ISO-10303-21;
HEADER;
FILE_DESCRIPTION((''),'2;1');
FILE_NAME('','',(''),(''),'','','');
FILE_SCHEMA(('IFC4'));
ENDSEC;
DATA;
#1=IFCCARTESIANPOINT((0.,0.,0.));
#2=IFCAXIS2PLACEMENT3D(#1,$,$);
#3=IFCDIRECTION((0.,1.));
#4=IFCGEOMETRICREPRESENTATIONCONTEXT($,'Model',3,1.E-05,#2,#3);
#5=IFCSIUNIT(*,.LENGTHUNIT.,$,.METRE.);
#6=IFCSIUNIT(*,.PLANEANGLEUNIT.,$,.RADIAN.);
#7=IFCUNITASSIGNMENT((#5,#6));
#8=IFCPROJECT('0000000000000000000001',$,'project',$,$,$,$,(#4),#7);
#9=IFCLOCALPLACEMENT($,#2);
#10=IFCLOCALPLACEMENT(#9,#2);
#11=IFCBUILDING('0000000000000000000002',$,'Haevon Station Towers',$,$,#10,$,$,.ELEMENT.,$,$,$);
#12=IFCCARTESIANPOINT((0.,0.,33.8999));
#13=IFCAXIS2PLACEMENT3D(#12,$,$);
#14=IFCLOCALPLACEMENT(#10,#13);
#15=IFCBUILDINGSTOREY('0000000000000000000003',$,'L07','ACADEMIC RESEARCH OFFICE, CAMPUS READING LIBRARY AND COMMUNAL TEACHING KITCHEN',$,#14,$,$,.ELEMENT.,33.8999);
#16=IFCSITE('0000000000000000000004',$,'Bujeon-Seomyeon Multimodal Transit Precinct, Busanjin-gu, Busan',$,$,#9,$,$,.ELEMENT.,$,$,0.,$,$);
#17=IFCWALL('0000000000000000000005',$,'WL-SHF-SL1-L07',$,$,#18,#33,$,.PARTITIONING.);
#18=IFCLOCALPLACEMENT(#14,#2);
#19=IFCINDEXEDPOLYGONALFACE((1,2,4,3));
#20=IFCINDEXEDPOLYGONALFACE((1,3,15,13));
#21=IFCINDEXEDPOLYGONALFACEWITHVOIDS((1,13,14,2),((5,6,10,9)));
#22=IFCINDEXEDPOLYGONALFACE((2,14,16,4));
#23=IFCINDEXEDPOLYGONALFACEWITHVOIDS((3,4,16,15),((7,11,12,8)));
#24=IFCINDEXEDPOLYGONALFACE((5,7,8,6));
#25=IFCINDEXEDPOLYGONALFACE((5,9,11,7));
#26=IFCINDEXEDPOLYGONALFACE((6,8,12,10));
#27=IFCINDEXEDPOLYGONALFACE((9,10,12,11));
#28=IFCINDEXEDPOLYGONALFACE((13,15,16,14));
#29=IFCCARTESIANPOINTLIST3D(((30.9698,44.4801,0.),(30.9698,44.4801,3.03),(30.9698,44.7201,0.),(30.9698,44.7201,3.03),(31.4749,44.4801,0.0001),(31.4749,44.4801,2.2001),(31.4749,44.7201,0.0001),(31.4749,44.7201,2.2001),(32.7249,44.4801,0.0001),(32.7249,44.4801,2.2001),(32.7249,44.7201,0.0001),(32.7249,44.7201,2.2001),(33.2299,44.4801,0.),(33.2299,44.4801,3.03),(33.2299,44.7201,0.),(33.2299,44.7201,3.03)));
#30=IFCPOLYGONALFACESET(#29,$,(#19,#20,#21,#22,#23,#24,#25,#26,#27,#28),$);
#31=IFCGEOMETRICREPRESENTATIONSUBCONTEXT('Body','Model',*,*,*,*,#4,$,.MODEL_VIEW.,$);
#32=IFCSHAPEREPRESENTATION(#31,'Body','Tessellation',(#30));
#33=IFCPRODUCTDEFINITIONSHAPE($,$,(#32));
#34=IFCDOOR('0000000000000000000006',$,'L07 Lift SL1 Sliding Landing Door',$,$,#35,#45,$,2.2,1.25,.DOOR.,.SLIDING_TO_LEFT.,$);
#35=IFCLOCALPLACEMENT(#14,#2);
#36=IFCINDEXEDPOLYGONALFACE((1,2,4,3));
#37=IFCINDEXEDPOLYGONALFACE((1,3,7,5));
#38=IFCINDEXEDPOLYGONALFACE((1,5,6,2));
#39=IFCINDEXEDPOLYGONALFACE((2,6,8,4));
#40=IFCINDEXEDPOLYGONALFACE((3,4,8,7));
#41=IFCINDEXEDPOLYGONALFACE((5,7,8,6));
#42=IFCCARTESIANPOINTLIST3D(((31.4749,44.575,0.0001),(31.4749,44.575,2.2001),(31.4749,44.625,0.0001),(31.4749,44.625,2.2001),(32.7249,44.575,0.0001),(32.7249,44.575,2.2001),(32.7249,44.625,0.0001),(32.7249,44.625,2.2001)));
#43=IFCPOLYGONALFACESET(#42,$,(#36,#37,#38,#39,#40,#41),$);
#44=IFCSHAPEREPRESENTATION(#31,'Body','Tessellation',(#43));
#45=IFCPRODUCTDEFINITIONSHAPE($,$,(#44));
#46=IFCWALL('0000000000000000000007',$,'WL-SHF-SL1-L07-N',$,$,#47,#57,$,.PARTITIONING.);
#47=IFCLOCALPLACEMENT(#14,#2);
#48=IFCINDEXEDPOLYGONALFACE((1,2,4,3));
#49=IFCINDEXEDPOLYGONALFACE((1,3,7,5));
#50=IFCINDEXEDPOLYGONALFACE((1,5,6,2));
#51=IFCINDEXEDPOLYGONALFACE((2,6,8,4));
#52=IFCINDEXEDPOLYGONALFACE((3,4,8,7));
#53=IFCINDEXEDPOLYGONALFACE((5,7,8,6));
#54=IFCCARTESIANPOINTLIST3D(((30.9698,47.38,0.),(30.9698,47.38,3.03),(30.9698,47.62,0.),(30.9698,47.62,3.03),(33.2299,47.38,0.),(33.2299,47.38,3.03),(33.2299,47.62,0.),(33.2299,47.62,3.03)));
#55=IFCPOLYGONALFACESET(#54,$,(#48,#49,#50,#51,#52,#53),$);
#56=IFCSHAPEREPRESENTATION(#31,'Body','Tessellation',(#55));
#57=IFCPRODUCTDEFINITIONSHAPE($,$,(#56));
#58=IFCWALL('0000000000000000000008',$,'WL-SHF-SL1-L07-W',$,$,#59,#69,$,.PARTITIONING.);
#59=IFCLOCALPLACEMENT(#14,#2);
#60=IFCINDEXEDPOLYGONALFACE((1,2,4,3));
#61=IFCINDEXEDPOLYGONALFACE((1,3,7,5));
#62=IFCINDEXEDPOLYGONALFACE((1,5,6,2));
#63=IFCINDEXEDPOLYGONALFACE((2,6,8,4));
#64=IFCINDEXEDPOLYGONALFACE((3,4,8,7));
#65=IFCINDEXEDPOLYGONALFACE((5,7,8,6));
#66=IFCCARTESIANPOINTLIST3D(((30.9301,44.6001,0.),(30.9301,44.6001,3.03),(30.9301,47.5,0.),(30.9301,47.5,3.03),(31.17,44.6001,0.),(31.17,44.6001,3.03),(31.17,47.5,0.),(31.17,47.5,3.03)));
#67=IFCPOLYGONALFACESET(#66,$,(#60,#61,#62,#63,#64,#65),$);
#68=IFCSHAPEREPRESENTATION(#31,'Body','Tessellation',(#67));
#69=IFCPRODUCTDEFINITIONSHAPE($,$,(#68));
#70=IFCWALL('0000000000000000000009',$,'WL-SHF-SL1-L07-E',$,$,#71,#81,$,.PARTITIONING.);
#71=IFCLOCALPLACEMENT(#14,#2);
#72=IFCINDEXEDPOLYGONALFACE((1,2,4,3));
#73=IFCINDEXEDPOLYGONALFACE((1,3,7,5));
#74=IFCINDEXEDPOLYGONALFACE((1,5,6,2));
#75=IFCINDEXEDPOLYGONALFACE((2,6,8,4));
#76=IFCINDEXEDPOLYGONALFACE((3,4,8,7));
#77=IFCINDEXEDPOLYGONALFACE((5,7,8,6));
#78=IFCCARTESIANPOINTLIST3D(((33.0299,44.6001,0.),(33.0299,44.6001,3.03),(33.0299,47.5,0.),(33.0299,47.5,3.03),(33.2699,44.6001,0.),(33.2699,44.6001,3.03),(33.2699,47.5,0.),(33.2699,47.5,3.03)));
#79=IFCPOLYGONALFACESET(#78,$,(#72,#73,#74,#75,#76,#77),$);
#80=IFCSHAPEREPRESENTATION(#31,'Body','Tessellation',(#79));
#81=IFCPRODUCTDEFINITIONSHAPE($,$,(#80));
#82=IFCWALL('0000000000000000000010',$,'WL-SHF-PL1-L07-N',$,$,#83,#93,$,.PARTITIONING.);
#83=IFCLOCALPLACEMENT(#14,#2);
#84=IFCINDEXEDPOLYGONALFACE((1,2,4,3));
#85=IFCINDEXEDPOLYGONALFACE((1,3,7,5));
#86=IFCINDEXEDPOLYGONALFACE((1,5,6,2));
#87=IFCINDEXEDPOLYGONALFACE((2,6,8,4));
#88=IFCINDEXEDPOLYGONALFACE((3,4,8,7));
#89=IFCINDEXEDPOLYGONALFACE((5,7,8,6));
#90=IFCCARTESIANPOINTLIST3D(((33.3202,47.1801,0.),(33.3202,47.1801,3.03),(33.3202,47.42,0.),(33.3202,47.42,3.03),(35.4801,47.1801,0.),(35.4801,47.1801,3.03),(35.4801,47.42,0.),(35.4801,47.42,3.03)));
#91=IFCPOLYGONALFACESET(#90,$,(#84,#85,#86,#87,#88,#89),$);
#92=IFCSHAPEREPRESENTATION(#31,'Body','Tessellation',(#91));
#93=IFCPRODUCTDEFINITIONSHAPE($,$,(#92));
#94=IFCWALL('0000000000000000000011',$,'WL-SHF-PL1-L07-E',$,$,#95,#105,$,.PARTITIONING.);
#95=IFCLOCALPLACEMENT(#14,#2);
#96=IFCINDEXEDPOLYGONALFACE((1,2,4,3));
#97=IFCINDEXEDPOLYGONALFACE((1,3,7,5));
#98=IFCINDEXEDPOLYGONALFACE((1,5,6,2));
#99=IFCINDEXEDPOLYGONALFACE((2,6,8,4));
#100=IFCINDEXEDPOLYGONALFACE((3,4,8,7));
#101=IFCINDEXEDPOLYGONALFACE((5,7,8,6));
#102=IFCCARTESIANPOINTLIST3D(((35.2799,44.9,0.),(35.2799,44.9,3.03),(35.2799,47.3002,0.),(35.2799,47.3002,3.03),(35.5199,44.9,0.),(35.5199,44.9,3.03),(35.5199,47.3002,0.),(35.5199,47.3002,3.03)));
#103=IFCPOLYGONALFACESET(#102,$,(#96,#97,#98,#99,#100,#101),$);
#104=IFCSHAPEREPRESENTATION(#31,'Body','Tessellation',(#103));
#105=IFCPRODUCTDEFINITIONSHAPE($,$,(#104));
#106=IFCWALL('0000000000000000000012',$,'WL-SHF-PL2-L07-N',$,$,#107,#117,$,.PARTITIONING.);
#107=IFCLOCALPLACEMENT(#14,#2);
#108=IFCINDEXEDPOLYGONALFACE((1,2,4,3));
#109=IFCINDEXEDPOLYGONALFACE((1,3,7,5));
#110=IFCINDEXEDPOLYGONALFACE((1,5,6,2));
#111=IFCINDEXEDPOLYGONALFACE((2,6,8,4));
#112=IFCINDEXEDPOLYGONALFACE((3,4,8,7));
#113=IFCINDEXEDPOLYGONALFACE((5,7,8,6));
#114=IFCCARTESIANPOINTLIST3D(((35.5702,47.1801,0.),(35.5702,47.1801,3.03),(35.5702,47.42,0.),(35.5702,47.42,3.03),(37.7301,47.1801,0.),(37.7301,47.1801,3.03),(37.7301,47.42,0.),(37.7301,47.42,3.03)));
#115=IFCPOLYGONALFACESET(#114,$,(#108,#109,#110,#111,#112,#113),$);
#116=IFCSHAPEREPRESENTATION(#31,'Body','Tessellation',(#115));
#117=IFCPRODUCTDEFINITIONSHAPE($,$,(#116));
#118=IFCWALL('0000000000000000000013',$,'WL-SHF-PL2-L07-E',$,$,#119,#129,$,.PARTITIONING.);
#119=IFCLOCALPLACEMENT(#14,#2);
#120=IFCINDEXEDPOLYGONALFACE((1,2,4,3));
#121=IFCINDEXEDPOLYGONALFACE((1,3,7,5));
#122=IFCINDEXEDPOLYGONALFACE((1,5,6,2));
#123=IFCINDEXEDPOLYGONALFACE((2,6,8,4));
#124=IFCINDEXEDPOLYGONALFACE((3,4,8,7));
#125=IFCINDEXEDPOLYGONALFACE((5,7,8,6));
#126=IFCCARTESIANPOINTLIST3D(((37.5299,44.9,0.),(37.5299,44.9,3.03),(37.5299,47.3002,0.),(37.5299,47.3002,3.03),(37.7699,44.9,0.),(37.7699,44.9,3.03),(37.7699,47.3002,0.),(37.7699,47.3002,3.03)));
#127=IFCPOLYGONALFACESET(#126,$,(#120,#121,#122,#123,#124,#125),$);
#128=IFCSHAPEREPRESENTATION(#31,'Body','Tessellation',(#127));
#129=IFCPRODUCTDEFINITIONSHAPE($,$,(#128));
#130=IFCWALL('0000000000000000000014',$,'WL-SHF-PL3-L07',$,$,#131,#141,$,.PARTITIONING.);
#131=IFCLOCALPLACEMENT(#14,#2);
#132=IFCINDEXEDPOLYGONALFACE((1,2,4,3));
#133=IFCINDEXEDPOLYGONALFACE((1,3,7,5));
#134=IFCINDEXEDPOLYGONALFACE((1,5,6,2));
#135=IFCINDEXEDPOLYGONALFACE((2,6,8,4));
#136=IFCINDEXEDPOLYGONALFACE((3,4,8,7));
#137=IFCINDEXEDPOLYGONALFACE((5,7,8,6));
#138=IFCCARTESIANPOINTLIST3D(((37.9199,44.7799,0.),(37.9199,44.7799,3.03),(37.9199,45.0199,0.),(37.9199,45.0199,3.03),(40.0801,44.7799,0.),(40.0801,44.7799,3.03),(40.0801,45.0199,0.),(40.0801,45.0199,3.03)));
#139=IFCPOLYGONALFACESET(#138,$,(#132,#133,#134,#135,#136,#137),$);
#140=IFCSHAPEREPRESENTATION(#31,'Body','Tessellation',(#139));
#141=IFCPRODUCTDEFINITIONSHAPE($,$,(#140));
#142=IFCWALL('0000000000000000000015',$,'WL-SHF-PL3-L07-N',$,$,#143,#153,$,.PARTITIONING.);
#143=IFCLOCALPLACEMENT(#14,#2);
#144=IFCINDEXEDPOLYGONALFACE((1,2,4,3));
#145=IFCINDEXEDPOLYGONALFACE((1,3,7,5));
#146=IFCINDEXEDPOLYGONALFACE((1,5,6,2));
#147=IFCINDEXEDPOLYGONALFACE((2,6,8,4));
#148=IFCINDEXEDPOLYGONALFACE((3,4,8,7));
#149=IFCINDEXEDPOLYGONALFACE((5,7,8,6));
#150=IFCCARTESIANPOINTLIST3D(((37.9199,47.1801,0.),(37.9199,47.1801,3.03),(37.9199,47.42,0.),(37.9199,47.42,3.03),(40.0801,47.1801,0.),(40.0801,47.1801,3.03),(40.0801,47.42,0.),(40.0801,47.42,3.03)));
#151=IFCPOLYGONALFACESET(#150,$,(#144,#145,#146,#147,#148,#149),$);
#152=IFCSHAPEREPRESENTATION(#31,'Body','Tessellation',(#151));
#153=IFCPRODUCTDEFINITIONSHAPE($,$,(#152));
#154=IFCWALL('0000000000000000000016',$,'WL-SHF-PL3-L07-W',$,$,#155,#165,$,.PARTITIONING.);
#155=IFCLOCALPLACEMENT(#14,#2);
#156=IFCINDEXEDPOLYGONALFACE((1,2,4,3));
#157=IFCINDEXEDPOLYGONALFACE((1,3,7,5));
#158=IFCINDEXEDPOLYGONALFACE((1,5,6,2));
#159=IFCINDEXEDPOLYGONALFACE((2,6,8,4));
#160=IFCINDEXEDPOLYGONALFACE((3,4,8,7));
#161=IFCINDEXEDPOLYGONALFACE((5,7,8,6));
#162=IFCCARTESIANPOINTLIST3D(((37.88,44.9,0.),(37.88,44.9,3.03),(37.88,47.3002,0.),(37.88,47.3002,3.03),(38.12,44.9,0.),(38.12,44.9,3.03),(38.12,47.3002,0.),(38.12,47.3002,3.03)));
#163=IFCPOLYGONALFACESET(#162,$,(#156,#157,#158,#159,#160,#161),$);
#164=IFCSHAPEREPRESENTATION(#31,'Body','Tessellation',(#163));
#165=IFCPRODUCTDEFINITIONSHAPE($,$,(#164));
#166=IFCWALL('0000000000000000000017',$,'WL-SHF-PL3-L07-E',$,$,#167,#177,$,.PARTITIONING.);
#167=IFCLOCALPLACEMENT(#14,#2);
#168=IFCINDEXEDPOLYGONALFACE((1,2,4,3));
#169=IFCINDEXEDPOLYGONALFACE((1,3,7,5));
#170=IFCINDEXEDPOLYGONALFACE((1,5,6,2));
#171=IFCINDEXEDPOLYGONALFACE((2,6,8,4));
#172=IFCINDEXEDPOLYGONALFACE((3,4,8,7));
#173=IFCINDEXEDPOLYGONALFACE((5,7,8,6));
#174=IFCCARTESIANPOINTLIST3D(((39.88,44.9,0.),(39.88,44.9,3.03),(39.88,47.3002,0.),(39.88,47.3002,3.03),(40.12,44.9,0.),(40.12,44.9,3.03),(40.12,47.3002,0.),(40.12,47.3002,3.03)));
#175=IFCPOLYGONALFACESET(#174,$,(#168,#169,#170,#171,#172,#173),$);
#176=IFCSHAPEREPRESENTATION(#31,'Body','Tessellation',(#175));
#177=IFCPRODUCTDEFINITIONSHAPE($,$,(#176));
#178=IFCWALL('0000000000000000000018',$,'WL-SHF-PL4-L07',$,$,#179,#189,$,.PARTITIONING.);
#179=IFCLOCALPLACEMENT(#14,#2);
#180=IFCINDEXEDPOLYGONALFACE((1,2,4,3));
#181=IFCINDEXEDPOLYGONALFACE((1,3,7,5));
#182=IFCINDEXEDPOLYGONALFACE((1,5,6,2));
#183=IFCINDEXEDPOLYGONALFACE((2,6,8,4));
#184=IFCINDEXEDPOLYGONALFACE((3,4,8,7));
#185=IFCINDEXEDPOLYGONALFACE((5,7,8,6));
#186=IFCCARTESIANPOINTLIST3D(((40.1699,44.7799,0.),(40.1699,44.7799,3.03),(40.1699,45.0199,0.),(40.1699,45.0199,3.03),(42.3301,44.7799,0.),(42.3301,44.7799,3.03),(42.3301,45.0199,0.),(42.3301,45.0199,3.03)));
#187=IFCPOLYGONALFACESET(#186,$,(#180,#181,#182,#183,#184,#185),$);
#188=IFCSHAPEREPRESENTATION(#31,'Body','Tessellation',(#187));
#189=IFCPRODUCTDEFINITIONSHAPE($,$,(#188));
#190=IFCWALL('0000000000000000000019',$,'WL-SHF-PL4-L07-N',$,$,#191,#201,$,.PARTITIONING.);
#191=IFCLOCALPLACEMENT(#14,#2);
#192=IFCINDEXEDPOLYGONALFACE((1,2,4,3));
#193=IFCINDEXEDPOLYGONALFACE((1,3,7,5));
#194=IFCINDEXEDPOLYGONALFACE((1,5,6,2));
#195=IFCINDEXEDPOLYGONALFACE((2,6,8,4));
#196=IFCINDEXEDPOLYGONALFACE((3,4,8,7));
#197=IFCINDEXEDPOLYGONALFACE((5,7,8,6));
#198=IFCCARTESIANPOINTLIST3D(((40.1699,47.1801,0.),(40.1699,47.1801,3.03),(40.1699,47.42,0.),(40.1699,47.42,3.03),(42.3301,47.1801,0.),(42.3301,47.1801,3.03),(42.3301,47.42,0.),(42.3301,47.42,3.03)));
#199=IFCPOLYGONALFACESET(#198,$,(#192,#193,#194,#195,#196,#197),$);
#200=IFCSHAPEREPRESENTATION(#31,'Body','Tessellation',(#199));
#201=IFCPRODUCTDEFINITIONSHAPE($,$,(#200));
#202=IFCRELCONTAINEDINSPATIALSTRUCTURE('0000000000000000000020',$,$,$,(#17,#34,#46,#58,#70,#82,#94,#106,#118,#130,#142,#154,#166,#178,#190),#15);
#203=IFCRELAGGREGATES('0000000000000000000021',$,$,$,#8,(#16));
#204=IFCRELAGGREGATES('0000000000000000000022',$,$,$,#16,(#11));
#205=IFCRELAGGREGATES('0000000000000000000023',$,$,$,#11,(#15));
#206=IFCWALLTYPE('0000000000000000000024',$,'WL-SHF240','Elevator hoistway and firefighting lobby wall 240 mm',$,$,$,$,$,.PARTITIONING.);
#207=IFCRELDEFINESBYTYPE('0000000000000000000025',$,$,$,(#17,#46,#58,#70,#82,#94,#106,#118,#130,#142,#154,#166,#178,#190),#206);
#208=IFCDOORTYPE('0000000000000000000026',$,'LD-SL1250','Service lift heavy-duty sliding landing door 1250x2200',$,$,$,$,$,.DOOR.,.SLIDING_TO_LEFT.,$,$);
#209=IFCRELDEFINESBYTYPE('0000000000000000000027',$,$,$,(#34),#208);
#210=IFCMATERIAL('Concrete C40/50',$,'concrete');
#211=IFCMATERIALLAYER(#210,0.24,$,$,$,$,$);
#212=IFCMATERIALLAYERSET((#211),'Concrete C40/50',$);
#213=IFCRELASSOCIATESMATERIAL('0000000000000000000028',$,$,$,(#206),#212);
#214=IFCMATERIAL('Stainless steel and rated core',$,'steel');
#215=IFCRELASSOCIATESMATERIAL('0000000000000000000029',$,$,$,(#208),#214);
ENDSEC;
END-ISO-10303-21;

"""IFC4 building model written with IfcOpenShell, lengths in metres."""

from ifc_helpers import new_model, si_unit, direction, frame, frame_2d, origin, place, context, subcontext, project, spatial, rectangle, extrude, material, layer, layer_set, type_object, element, fill, save


model = new_model("IFC4")

# Units and contexts
model_context = context("Model", 3, precision=1e-05, world=origin(), true_north=direction((0.0, 1.0)))
body_context = subcontext(model_context, "Body", "Model", "MODEL_VIEW")
ifc_project = project(units=[si_unit("LENGTHUNIT", "METRE"), si_unit("PLANEANGLEUNIT", "RADIAN")], contexts=[model_context])

# Site, building, storey
site_placement = place(None, origin())
site = spatial("IfcSite", under=ifc_project, at=site_placement, Name="Bujeon-Seomyeon Multimodal Transit Precinct, Busanjin-gu, Busan", CompositionType="ELEMENT", RefElevation=0.0)
building_placement = place(site_placement, origin())
building = spatial("IfcBuilding", under=site, at=building_placement, Name="Haevon Station Towers", CompositionType="ELEMENT")
storey_placement = place(building_placement, frame((0.0, 0.0, 33.8999)))
storey = spatial("IfcBuildingStorey", under=building, at=storey_placement, Name="L07", Description="ACADEMIC RESEARCH OFFICE, CAMPUS READING LIBRARY AND COMMUNAL TEACHING KITCHEN", CompositionType="ELEMENT", Elevation=33.8999)

# Wall, opening, door
ifc_material_1 = material(Name="Concrete C40/50", Category="concrete")
ifc_layer_1 = layer(ifc_material_1, 0.24)
ifc_layer_set_1 = layer_set([ifc_layer_1], Name="Concrete C40/50")
wall_type_1 = type_object("IfcWallType", Name="WL-SHF240", Description="Elevator hoistway and firefighting lobby wall 240 mm", PredefinedType="PARTITIONING", material=ifc_layer_set_1)
wall_1_placement = place(storey_placement, frame((30.97, 44.6001, 0.0), z_axis=(0.0, 0.0, 1.0), x_axis=(1.0, 0.0, 0.0)))
wall_1 = element("IfcWall", 1, at=wall_1_placement, inside=storey, type_object=wall_type_1, Name="WL-SHF-SL1-L07", PredefinedType="PARTITIONING", context=body_context, shape_type="SweptSolid", body=[
    extrude(rectangle(XDim=2.26, YDim=0.24, at=frame_2d((1.1299, 0.0))), origin(), (0.0, 0.0, 1.0), 3.03),
])
opening_1_placement = place(wall_1_placement, frame((0.5049, 0.0, 0.0)))
opening_1 = element("IfcOpeningElement", 2, at=opening_1_placement, cuts=wall_1, PredefinedType="OPENING", context=body_context, shape_type="SweptSolid", body=[
    extrude(rectangle(XDim=1.25, YDim=2.2, at=frame_2d((0.625, 1.1001))), frame((0.0, 0.1299, 0.0), z_axis=(0.0, -1.0, 0.0), x_axis=(1.0, 0.0, 0.0)), (0.0, 0.0, 1.0), 0.26),
])
ifc_material_2 = material(Name="Stainless steel and rated core", Category="steel")
door_type_1 = type_object("IfcDoorType", Name="LD-SL1250", Description="Service lift heavy-duty sliding landing door 1250x2200", OperationType="SLIDING_TO_LEFT", PredefinedType="DOOR", material=ifc_material_2)
door_1_placement = place(opening_1_placement, origin())
door_1 = element("IfcDoor", 3, at=door_1_placement, inside=storey, type_object=door_type_1, Name="L07 Lift SL1 Sliding Landing Door", OperationType="SLIDING_TO_LEFT", OverallHeight=2.2, OverallWidth=1.25, PredefinedType="DOOR", context=body_context, shape_type="SweptSolid", body=[
    extrude(rectangle(XDim=1.25, YDim=2.2, at=frame_2d((0.625, 1.1001))), frame((0.0, 0.0249, 0.0), z_axis=(0.0, -1.0, 0.0), x_axis=(1.0, 0.0, 0.0)), (0.0, 0.0, 1.0), 0.05),
])
fill(opening_1, door_1)

# Walls
wall_2_placement = place(storey_placement, frame((30.97, 47.5, 0.0), z_axis=(0.0, 0.0, 1.0), x_axis=(1.0, 0.0, 0.0)))
element("IfcWall", 4, at=wall_2_placement, inside=storey, type_object=wall_type_1, Name="WL-SHF-SL1-L07-N", PredefinedType="PARTITIONING", context=body_context, shape_type="SweptSolid", body=[
    extrude(rectangle(XDim=2.26, YDim=0.24, at=frame_2d((1.1299, 0.0))), origin(), (0.0, 0.0, 1.0), 3.03),
])
for number, where, z_axis, x_axis, name in (
    (5, (31.05, 44.6001, 0.0), (0.0, 0.0, 1.0), (0.0, 1.0, 0.0), "WL-SHF-SL1-L07-W"),
    (6, (33.1499, 44.6001, 0.0), (0.0, 0.0, 1.0), (0.0, 1.0, 0.0), "WL-SHF-SL1-L07-E"),
):
    element("IfcWall", number, at=place(storey_placement, frame(where, z_axis=z_axis, x_axis=x_axis)), inside=storey, type_object=wall_type_1, Name=name, PredefinedType="PARTITIONING", context=body_context, shape_type="SweptSolid", body=[
        extrude(rectangle(XDim=2.8999, YDim=0.24, at=frame_2d((1.45, 0.0))), origin(), (0.0, 0.0, 1.0), 3.03),
    ])

# Walls
wall_3_placement = place(storey_placement, frame((33.3201, 47.3, 0.0), z_axis=(0.0, 0.0, 1.0), x_axis=(1.0, 0.0, 0.0)))
element("IfcWall", 7, at=wall_3_placement, inside=storey, type_object=wall_type_1, Name="WL-SHF-PL1-L07-N", PredefinedType="PARTITIONING", context=body_context, shape_type="SweptSolid", body=[
    extrude(rectangle(XDim=2.1599, YDim=0.24, at=frame_2d((1.0801, 0.0))), origin(), (0.0, 0.0, 1.0), 3.03),
])
wall_4_placement = place(storey_placement, frame((35.3999, 44.8999, 0.0), z_axis=(0.0, 0.0, 1.0), x_axis=(0.0, 1.0, 0.0)))
element("IfcWall", 8, at=wall_4_placement, inside=storey, type_object=wall_type_1, Name="WL-SHF-PL1-L07-E", PredefinedType="PARTITIONING", context=body_context, shape_type="SweptSolid", body=[
    extrude(rectangle(XDim=2.4001, YDim=0.24, at=frame_2d((1.2002, 0.0))), origin(), (0.0, 0.0, 1.0), 3.03),
])

# Walls
wall_5_placement = place(storey_placement, frame((35.5701, 47.3, 0.0), z_axis=(0.0, 0.0, 1.0), x_axis=(1.0, 0.0, 0.0)))
element("IfcWall", 9, at=wall_5_placement, inside=storey, type_object=wall_type_1, Name="WL-SHF-PL2-L07-N", PredefinedType="PARTITIONING", context=body_context, shape_type="SweptSolid", body=[
    extrude(rectangle(XDim=2.1599, YDim=0.24, at=frame_2d((1.0801, 0.0))), origin(), (0.0, 0.0, 1.0), 3.03),
])
wall_6_placement = place(storey_placement, frame((37.6499, 44.8999, 0.0), z_axis=(0.0, 0.0, 1.0), x_axis=(0.0, 1.0, 0.0)))
element("IfcWall", 10, at=wall_6_placement, inside=storey, type_object=wall_type_1, Name="WL-SHF-PL2-L07-E", PredefinedType="PARTITIONING", context=body_context, shape_type="SweptSolid", body=[
    extrude(rectangle(XDim=2.4001, YDim=0.24, at=frame_2d((1.2002, 0.0))), origin(), (0.0, 0.0, 1.0), 3.03),
])
for number, where, z_axis, x_axis, name in (
    (11, (37.9199, 44.8999, 0.0), (0.0, 0.0, 1.0), (1.0, 0.0, 0.0), "WL-SHF-PL3-L07"),
    (12, (37.9199, 47.3, 0.0), (0.0, 0.0, 1.0), (1.0, 0.0, 0.0), "WL-SHF-PL3-L07-N"),
):
    element("IfcWall", number, at=place(storey_placement, frame(where, z_axis=z_axis, x_axis=x_axis)), inside=storey, type_object=wall_type_1, Name=name, PredefinedType="PARTITIONING", context=body_context, shape_type="SweptSolid", body=[
        extrude(rectangle(XDim=2.1602, YDim=0.24, at=frame_2d((1.0801, 0.0))), origin(), (0.0, 0.0, 1.0), 3.03),
    ])
for number, where, z_axis, x_axis, name in (
    (13, (38.0, 44.8999, 0.0), (0.0, 0.0, 1.0), (0.0, 1.0, 0.0), "WL-SHF-PL3-L07-W"),
    (14, (40.0, 44.8999, 0.0), (0.0, 0.0, 1.0), (0.0, 1.0, 0.0), "WL-SHF-PL3-L07-E"),
):
    element("IfcWall", number, at=place(storey_placement, frame(where, z_axis=z_axis, x_axis=x_axis)), inside=storey, type_object=wall_type_1, Name=name, PredefinedType="PARTITIONING", context=body_context, shape_type="SweptSolid", body=[
        extrude(rectangle(XDim=2.4001, YDim=0.24, at=frame_2d((1.2002, 0.0))), origin(), (0.0, 0.0, 1.0), 3.03),
    ])
for number, where, z_axis, x_axis, name in (
    (15, (40.1699, 44.8999, 0.0), (0.0, 0.0, 1.0), (1.0, 0.0, 0.0), "WL-SHF-PL4-L07"),
    (16, (40.1699, 47.3, 0.0), (0.0, 0.0, 1.0), (1.0, 0.0, 0.0), "WL-SHF-PL4-L07-N"),
):
    element("IfcWall", number, at=place(storey_placement, frame(where, z_axis=z_axis, x_axis=x_axis)), inside=storey, type_object=wall_type_1, Name=name, PredefinedType="PARTITIONING", context=body_context, shape_type="SweptSolid", body=[
        extrude(rectangle(XDim=2.1602, YDim=0.24, at=frame_2d((1.0801, 0.0))), origin(), (0.0, 0.0, 1.0), 3.03),
    ])

save(model, "model.ifc")
